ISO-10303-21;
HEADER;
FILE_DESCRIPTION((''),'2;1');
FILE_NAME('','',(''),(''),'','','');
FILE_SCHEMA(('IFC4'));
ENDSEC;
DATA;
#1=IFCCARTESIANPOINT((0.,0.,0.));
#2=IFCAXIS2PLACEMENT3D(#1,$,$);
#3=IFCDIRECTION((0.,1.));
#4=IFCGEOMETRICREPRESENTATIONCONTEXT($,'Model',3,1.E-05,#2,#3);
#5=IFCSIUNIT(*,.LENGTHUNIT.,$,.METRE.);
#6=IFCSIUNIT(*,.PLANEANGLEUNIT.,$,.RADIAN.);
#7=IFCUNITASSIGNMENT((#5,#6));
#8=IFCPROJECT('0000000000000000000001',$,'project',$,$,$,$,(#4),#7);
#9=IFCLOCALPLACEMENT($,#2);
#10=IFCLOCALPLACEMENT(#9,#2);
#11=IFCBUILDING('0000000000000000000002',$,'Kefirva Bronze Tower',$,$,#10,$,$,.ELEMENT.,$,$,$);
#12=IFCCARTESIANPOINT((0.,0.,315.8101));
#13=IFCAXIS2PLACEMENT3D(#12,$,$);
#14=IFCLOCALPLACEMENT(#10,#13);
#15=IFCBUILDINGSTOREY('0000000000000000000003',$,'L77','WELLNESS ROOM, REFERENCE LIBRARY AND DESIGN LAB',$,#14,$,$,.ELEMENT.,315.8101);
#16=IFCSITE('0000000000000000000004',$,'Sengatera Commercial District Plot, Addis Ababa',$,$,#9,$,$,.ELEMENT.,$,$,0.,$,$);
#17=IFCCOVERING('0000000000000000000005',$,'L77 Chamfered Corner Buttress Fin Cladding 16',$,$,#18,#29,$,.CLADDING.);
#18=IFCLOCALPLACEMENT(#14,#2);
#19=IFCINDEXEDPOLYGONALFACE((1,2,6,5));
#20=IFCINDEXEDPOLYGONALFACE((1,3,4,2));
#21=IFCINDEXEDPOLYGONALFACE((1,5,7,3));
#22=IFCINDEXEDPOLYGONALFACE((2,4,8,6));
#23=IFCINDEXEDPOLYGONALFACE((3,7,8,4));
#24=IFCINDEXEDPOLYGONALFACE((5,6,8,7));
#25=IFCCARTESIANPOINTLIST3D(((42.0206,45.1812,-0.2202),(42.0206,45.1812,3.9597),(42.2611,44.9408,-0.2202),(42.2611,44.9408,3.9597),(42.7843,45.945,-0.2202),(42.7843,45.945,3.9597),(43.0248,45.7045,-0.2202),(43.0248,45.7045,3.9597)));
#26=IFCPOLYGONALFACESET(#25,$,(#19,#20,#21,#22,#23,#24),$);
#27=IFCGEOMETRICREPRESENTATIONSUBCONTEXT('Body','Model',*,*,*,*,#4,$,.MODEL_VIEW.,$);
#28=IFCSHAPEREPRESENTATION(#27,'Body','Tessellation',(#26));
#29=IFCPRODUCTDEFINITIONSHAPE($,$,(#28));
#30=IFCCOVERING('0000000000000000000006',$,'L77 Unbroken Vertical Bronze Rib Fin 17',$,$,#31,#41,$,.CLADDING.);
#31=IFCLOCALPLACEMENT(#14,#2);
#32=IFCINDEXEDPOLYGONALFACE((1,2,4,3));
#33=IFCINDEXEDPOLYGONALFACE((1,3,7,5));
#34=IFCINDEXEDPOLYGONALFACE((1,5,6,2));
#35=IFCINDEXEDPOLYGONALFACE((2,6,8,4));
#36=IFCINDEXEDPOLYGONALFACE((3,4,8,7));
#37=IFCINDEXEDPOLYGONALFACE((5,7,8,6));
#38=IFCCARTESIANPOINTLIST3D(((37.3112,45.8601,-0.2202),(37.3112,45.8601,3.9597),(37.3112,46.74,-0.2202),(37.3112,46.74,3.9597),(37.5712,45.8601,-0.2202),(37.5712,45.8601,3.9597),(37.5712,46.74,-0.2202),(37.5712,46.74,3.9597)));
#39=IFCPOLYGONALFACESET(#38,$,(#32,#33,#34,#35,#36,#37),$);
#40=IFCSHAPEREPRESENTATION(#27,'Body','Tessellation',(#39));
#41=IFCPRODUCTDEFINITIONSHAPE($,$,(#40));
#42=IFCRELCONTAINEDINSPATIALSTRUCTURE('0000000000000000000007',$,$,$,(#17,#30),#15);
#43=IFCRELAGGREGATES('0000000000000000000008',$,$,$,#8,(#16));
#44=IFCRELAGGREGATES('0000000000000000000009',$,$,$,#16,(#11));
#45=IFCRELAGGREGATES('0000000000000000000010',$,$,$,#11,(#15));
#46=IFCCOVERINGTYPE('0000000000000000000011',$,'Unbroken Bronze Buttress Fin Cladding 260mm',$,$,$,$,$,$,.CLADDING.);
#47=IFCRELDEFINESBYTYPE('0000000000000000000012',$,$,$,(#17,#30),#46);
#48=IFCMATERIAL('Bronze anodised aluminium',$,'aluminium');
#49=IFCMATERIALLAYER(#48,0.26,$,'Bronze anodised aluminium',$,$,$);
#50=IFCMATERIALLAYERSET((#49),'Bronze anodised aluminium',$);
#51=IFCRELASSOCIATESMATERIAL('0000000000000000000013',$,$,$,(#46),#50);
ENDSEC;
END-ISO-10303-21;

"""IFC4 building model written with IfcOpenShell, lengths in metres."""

from ifc_helpers import new_model, si_unit, direction, frame, origin, origin_2d, place, context, subcontext, project, spatial, rectangle, extrude, material, layer, layer_set, type_object, element, save


model = new_model("IFC4")

# Units and contexts
model_context = context("Model", 3, precision=1e-05, world=origin(), true_north=direction((0.0, 1.0)))
body_context = subcontext(model_context, "Body", "Model", "MODEL_VIEW")
ifc_project = project(units=[si_unit("LENGTHUNIT", "METRE"), si_unit("PLANEANGLEUNIT", "RADIAN")], contexts=[model_context])

# Site, building, storey
site_placement = place(None, origin())
site = spatial("IfcSite", under=ifc_project, at=site_placement, Name="Sengatera Commercial District Plot, Addis Ababa", CompositionType="ELEMENT", RefElevation=0.0)
building_placement = place(site_placement, origin())
building = spatial("IfcBuilding", under=site, at=building_placement, Name="Kefirva Bronze Tower", CompositionType="ELEMENT")
storey_placement = place(building_placement, frame((0.0, 0.0, 315.8101)))
storey = spatial("IfcBuildingStorey", under=building, at=storey_placement, Name="L77", Description="WELLNESS ROOM, REFERENCE LIBRARY AND DESIGN LAB", CompositionType="ELEMENT", Elevation=315.8101)

# Shared definitions
ifc_material_1 = material(Name="Bronze anodised aluminium", Category="aluminium")

# Coverings
ifc_layer_1 = layer(ifc_material_1, 0.26, Name="Bronze anodised aluminium")
ifc_layer_set_1 = layer_set([ifc_layer_1], Name="Bronze anodised aluminium")
covering_type_1 = type_object("IfcCoveringType", Name="Unbroken Bronze Buttress Fin Cladding 260mm", PredefinedType="CLADDING", material=ifc_layer_set_1)
for number, where, z_axis, x_axis, name in (
    (1, (42.5227, 45.4429, -0.2202), (0.0, 0.0, 1.0), (-0.707107, 0.707107, 0.0), "L77 Chamfered Corner Buttress Fin Cladding 16"),
):
    element("IfcCovering", number, at=place(storey_placement, frame(where, z_axis=z_axis, x_axis=x_axis)), inside=storey, type_object=covering_type_1, Name=name, PredefinedType="CLADDING", context=body_context, shape_type="SweptSolid", body=[
        extrude(rectangle(XDim=0.3401, YDim=1.0801, at=origin_2d()), origin(), (0.0, 0.0, 1.0), 4.1799),
    ])
covering_1_placement = place(storey_placement, frame((37.4412, 46.3, -0.2202), z_axis=(0.0, 0.0, 1.0), x_axis=(-1.0, 0.0, 0.0)))
element("IfcCovering", 2, at=covering_1_placement, inside=storey, type_object=covering_type_1, Name="L77 Unbroken Vertical Bronze Rib Fin 17", PredefinedType="CLADDING", context=body_context, shape_type="SweptSolid", body=[
    extrude(rectangle(XDim=0.26, YDim=0.8799, at=origin_2d()), origin(), (0.0, 0.0, 1.0), 4.1799),
])

save(model, "model.ifc")
